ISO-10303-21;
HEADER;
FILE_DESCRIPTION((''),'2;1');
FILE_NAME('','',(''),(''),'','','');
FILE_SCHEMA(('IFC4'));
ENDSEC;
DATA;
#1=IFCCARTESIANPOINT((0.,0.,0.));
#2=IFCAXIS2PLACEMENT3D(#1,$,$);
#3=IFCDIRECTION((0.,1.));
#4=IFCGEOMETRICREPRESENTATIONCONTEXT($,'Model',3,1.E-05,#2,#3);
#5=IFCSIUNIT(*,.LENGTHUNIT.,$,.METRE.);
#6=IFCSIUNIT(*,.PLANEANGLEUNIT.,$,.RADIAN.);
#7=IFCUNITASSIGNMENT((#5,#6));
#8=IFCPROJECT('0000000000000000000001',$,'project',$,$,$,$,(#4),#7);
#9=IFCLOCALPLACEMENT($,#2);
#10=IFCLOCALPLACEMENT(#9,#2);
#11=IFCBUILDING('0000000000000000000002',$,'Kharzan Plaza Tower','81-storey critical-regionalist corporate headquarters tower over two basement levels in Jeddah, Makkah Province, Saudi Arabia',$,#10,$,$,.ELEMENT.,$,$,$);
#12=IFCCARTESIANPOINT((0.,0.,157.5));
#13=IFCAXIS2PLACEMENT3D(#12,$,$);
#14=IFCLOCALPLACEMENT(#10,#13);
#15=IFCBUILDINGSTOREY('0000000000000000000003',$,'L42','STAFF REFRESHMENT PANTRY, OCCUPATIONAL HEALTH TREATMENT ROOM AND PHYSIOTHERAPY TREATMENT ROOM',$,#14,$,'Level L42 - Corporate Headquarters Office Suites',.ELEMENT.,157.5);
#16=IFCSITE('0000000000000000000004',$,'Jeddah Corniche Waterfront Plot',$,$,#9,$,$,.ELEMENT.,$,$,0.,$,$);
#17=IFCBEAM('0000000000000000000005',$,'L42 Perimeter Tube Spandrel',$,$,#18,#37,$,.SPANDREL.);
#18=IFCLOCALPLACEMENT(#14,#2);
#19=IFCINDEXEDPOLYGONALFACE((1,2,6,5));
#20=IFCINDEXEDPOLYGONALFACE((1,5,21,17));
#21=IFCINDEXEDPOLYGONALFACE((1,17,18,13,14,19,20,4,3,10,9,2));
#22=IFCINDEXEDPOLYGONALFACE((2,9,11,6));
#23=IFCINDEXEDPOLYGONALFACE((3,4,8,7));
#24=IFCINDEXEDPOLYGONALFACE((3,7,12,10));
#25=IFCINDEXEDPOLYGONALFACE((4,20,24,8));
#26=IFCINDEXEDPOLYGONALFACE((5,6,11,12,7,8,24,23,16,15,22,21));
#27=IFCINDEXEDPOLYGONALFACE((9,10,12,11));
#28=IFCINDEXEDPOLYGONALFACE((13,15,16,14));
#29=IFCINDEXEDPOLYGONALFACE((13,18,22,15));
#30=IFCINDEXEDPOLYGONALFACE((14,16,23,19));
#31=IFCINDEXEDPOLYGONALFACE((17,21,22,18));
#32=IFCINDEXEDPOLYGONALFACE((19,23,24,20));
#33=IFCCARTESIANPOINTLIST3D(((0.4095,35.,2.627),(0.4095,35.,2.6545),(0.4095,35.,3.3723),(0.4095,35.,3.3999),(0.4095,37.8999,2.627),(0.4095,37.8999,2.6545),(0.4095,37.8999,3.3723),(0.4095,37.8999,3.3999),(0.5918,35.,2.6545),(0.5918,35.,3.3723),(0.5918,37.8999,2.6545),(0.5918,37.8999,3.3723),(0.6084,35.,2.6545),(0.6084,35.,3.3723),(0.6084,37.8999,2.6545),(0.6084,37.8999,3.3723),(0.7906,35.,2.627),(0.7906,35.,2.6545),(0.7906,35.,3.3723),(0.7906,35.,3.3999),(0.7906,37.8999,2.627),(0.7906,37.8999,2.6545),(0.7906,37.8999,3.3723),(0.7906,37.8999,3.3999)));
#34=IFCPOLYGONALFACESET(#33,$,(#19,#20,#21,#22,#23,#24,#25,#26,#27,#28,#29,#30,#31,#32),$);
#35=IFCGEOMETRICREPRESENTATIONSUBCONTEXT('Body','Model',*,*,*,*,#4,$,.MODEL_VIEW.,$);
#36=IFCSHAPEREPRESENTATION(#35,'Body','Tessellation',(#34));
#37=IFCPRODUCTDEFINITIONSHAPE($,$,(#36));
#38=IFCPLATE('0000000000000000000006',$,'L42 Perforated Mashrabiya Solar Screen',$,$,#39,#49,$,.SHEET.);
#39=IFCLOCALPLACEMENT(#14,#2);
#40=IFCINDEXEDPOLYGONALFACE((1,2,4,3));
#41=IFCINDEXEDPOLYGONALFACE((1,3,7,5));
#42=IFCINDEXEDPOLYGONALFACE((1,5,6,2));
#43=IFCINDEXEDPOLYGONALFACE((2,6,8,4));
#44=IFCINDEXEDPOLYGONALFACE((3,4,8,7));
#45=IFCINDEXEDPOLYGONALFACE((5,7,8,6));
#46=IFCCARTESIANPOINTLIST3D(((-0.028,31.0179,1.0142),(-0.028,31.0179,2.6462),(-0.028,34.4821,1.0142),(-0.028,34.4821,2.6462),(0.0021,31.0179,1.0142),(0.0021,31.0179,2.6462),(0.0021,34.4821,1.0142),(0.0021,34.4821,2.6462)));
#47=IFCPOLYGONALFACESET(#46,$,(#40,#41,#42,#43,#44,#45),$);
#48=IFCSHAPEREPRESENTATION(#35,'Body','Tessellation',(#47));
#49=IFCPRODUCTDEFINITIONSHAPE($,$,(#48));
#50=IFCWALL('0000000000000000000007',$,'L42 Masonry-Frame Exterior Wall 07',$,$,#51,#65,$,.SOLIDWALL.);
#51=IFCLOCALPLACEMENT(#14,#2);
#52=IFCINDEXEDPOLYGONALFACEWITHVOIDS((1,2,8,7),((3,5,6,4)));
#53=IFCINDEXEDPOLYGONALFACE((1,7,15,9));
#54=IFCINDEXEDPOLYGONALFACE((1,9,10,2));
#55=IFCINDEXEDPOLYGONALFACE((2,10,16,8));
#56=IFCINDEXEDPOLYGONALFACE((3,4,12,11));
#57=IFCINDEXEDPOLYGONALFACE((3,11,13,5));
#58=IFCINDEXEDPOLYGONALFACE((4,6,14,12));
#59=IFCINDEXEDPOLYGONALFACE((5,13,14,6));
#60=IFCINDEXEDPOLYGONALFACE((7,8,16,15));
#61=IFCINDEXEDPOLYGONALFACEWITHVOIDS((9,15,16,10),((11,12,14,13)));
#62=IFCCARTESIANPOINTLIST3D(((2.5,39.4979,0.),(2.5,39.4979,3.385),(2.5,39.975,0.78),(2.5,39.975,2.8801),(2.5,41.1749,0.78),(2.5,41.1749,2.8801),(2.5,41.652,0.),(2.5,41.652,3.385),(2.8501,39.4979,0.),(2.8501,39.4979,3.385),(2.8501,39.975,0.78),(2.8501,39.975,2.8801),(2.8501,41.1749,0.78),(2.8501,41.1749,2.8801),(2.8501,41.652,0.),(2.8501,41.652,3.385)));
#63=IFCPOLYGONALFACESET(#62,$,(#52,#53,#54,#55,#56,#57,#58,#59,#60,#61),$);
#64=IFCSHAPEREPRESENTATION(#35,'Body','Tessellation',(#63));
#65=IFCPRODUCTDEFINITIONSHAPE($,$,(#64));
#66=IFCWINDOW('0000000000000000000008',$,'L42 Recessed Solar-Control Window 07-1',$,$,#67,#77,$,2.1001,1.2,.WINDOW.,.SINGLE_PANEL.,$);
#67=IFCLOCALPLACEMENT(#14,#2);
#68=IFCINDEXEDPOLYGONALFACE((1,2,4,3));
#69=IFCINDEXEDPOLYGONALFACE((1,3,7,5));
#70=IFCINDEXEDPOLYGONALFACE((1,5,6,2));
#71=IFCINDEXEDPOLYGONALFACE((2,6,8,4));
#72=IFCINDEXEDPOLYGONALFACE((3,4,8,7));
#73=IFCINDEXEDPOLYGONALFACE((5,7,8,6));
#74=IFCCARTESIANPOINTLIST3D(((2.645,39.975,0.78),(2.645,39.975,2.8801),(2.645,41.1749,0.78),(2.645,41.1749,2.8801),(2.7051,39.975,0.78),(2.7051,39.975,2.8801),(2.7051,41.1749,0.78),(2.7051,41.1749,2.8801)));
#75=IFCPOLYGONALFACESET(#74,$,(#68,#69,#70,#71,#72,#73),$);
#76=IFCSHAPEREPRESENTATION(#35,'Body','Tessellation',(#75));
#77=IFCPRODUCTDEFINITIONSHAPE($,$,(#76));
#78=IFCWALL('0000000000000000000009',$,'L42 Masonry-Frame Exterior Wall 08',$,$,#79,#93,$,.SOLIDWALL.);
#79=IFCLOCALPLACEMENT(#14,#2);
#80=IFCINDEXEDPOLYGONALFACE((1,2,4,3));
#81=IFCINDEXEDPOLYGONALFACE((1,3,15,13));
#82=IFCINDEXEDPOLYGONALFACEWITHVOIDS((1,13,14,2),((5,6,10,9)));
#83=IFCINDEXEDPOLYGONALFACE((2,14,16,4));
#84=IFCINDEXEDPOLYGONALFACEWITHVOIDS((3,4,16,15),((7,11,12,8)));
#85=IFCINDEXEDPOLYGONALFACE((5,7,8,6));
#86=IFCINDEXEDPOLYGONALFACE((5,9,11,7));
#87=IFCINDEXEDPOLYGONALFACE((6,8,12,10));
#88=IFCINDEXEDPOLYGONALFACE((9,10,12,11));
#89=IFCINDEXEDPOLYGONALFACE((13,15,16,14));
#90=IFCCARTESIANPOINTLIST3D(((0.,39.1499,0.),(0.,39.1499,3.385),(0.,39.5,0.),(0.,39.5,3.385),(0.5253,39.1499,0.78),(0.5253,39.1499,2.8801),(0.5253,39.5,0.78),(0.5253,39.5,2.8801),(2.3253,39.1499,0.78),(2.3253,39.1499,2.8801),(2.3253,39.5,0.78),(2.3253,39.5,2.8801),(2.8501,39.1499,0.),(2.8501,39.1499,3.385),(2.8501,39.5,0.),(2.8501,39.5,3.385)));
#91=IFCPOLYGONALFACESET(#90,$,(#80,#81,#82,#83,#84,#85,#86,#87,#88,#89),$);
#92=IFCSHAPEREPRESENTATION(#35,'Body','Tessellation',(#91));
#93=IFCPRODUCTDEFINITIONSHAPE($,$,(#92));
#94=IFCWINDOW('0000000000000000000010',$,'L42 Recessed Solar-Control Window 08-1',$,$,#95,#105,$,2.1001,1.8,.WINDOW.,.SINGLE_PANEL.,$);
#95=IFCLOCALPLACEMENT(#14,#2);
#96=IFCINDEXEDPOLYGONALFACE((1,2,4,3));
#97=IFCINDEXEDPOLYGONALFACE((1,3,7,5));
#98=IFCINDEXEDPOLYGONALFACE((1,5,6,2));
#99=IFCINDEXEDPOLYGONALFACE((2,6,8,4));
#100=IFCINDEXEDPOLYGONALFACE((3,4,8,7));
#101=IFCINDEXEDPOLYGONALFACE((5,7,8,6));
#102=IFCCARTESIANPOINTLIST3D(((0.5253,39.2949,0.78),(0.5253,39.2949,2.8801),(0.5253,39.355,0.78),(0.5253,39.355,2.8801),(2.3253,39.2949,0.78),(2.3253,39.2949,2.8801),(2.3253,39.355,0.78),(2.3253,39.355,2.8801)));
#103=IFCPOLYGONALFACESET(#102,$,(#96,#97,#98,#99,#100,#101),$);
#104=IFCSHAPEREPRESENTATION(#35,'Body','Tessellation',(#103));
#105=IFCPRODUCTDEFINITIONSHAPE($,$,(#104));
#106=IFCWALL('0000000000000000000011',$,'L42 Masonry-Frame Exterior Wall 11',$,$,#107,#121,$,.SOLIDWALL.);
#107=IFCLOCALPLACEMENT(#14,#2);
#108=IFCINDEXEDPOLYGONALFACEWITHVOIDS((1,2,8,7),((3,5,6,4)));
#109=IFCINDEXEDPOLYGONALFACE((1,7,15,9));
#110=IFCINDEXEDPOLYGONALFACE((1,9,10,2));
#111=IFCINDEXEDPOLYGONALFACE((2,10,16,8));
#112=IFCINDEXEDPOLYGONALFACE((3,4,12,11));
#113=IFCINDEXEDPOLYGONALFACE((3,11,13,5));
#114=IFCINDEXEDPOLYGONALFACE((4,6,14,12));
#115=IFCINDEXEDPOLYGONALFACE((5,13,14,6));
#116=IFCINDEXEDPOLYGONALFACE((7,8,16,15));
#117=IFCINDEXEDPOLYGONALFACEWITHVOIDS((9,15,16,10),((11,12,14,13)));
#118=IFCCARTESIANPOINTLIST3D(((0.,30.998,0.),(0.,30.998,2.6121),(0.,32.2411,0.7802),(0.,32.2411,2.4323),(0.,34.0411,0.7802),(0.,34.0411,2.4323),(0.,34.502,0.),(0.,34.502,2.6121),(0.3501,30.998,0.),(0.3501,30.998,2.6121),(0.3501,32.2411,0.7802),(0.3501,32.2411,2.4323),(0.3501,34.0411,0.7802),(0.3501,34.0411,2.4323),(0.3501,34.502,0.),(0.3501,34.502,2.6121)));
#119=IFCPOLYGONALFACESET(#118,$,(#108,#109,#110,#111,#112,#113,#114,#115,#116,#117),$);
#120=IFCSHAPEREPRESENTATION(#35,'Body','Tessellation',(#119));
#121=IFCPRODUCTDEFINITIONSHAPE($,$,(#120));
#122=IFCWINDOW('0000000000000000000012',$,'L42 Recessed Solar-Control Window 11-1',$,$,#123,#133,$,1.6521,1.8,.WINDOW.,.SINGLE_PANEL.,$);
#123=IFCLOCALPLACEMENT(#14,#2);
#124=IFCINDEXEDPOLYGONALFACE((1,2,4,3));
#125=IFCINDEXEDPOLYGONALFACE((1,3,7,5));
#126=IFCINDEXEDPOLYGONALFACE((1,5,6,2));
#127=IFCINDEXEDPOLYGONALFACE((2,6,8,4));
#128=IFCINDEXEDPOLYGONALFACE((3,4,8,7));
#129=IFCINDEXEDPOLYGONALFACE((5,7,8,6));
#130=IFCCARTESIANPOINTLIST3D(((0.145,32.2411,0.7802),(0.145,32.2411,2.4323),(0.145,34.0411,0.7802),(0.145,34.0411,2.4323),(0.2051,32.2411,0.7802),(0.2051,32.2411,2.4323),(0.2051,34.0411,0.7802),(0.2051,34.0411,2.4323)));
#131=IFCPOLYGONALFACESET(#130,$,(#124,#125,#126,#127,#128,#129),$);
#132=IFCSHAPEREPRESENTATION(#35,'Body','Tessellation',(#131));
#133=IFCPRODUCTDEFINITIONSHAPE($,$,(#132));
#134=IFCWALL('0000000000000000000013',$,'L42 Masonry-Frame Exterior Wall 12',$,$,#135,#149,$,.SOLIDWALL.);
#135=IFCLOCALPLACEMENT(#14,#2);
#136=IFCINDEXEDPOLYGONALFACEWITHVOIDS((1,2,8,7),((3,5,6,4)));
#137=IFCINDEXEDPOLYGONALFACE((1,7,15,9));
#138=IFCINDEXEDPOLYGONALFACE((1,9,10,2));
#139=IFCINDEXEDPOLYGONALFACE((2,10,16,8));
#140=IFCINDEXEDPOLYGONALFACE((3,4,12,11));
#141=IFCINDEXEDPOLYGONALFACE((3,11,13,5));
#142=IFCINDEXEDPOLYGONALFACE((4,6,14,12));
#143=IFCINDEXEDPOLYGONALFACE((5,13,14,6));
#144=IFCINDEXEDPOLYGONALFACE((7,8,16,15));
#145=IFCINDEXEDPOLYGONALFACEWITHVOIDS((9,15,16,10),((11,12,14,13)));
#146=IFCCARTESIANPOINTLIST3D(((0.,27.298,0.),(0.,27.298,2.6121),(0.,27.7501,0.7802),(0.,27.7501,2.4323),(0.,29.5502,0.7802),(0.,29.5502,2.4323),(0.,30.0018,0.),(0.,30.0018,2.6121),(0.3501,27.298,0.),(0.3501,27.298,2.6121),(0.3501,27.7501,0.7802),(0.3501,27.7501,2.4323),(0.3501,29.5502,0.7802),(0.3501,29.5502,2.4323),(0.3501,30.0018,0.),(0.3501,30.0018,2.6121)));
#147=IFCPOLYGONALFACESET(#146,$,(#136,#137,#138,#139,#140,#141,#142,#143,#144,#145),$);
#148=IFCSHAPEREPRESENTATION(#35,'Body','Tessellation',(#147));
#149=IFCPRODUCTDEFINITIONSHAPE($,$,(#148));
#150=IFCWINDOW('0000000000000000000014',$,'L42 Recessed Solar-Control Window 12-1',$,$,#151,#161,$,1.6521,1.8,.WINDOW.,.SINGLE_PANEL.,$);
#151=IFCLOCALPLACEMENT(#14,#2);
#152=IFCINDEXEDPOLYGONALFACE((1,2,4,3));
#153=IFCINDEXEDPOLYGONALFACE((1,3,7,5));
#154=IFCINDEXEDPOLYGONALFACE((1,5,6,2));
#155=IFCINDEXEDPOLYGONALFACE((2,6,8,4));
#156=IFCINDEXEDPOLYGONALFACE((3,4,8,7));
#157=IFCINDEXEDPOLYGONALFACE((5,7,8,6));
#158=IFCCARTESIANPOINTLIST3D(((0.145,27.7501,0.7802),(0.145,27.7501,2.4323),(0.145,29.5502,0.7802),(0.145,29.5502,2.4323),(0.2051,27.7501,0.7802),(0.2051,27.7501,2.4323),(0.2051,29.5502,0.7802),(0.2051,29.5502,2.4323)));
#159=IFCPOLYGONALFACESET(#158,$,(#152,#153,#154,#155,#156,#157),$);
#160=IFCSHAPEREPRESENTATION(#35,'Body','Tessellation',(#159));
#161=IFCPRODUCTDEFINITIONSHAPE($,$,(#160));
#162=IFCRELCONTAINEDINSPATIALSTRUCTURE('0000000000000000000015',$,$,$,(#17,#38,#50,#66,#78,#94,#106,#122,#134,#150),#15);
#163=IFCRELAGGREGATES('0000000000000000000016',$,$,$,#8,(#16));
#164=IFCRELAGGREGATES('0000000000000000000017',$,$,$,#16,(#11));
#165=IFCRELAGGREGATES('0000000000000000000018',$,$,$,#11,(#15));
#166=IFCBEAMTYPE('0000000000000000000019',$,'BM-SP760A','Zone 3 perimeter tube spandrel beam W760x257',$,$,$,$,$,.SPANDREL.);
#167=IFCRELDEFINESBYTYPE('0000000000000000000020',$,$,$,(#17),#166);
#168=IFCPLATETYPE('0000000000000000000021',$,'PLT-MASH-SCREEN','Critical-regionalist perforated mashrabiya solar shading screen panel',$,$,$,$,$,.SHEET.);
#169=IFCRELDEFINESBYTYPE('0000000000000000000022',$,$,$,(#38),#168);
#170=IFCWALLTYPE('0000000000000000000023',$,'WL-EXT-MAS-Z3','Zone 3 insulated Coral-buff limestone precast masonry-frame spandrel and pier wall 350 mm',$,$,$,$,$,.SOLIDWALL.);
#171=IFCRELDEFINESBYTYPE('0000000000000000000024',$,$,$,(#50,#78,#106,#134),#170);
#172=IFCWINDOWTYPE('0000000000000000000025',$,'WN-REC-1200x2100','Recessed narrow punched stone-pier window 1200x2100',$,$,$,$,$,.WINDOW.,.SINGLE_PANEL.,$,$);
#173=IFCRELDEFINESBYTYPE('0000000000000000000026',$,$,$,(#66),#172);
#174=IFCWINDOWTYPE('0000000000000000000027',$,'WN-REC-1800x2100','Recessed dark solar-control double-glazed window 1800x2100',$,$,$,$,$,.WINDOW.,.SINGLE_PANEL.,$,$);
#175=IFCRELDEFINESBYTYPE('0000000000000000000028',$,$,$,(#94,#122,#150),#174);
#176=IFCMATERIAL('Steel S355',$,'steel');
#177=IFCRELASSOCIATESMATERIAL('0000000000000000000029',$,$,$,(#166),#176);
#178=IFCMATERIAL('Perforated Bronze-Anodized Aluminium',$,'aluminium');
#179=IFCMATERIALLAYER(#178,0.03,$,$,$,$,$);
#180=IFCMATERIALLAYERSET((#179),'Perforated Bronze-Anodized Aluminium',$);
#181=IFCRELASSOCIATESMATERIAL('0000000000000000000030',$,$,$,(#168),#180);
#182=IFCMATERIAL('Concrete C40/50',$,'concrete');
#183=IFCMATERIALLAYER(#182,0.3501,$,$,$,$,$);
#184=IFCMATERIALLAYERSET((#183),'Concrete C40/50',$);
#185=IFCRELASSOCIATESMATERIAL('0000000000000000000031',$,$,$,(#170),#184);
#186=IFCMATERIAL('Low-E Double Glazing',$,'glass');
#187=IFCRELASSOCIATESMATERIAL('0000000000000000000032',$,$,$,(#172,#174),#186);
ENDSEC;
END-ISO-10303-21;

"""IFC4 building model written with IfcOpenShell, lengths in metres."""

from ifc_helpers import new_model, si_unit, direction, frame, frame_2d, origin, origin_2d, place, context, subcontext, project, spatial, rectangle, i_section, extrude, source, transform, mapped, material, layer, layer_set, material_profile, profile_set, type_object, element, fill, save


model = new_model("IFC4")

# Units and contexts
model_context = context("Model", 3, precision=1e-05, world=origin(), true_north=direction((0.0, 1.0)))
body_context = subcontext(model_context, "Body", "Model", "MODEL_VIEW")
ifc_project = project(units=[si_unit("LENGTHUNIT", "METRE"), si_unit("PLANEANGLEUNIT", "RADIAN")], contexts=[model_context])

# Site, building, storey
site_placement = place(None, origin())
site = spatial("IfcSite", under=ifc_project, at=site_placement, Name="Jeddah Corniche Waterfront Plot", CompositionType="ELEMENT", RefElevation=0.0)
building_placement = place(site_placement, origin())
building = spatial("IfcBuilding", under=site, at=building_placement, Name="Kharzan Plaza Tower", Description="81-storey critical-regionalist corporate headquarters tower over two basement levels in Jeddah, Makkah Province, Saudi Arabia", CompositionType="ELEMENT")
storey_placement = place(building_placement, frame((0.0, 0.0, 157.5)))
storey = spatial("IfcBuildingStorey", under=building, at=storey_placement, Name="L42", Description="STAFF REFRESHMENT PANTRY, OCCUPATIONAL HEALTH TREATMENT ROOM AND PHYSIOTHERAPY TREATMENT ROOM", LongName="Level L42 - Corporate Headquarters Office Suites", CompositionType="ELEMENT", Elevation=157.5)

# Beam
ifc_material_1 = material(Name="Steel S355", Category="steel")
ifc_material_profile_1 = material_profile(ifc_material_1, i_section(OverallWidth=0.3811, OverallDepth=0.7729, WebThickness=0.0166, FlangeThickness=0.0276, at=origin_2d()), Name="W760x257")
ifc_profile_set_1 = profile_set([ifc_material_profile_1], Name="Steel S355")
beam_type_1 = type_object("IfcBeamType", Name="BM-SP760A", Description="Zone 3 perimeter tube spandrel beam W760x257", PredefinedType="SPANDREL", material=ifc_profile_set_1)
shared_shape_1 = source(origin(), body_context, "Body", "SweptSolid", [
    extrude(i_section(OverallWidth=0.3811, OverallDepth=0.7729, WebThickness=0.0166, FlangeThickness=0.0276, at=origin_2d()), origin(), (0.0, 0.0, 1.0), 2.8999),
])
beam_1_placement = place(storey_placement, frame((0.6001, 35.0, 3.0134), z_axis=(0.0, 1.0, 0.0), x_axis=(-1.0, 0.0, 0.0)))
element("IfcBeam", 1, at=beam_1_placement, inside=storey, type_object=beam_type_1, Name="L42 Perimeter Tube Spandrel", PredefinedType="SPANDREL", context=body_context, shape_type="MappedRepresentation", body=[
    mapped(shared_shape_1, transform((0.0, 0.0, 0.0), x_axis=(1.0, 0.0, 0.0), y_axis=(0.0, 1.0, 0.0), z_axis=(0.0, 0.0, 1.0))),
])

# Plate
ifc_material_2 = material(Name="Perforated Bronze-Anodized Aluminium", Category="aluminium")
ifc_layer_1 = layer(ifc_material_2, 0.03)
ifc_layer_set_1 = layer_set([ifc_layer_1], Name="Perforated Bronze-Anodized Aluminium")
plate_type = type_object("IfcPlateType", Name="PLT-MASH-SCREEN", Description="Critical-regionalist perforated mashrabiya solar shading screen panel", PredefinedType="SHEET", material=ifc_layer_set_1)
shared_shape_2 = source(origin(), body_context, "Body", "SweptSolid", [
    extrude(rectangle(XDim=3.4641, YDim=0.03, at=origin_2d()), origin(), (0.0, 0.0, 1.0), 1.6321),
])
plate_placement = place(storey_placement, frame((-0.0129, 32.75, 1.0142), z_axis=(0.0, 0.0, 1.0), x_axis=(0.0, -1.0, 0.0)))
element("IfcPlate", 2, at=plate_placement, inside=storey, type_object=plate_type, Name="L42 Perforated Mashrabiya Solar Screen", PredefinedType="SHEET", context=body_context, shape_type="MappedRepresentation", body=[
    mapped(shared_shape_2, transform((0.0, 0.0, 0.0), x_axis=(1.0, 0.0, 0.0), y_axis=(0.0, 1.0, 0.0), z_axis=(0.0, 0.0, 1.0))),
])

# Walls, openings, windows
ifc_material_3 = material(Name="Concrete C40/50", Category="concrete")
ifc_layer_2 = layer(ifc_material_3, 0.3501)
ifc_layer_set_2 = layer_set([ifc_layer_2], Name="Concrete C40/50")
wall_type_1 = type_object("IfcWallType", Name="WL-EXT-MAS-Z3", Description="Zone 3 insulated Coral-buff limestone precast masonry-frame spandrel and pier wall 350 mm", PredefinedType="SOLIDWALL", material=ifc_layer_set_2)
wall_1_placement = place(storey_placement, frame((2.675, 41.6521, 0.0), z_axis=(0.0, 0.0, 1.0), x_axis=(0.0, -1.0, 0.0)))
wall_1 = element("IfcWall", 3, at=wall_1_placement, inside=storey, type_object=wall_type_1, Name="L42 Masonry-Frame Exterior Wall 07", PredefinedType="SOLIDWALL", context=body_context, shape_type="SweptSolid", body=[
    extrude(rectangle(XDim=2.1541, YDim=0.3501, at=frame_2d((1.0771, 0.0))), origin(), (0.0, 0.0, 1.0), 3.385),
])
opening_1_placement = place(wall_1_placement, frame((0.4771, 0.0, 0.78)))
opening_1 = element("IfcOpeningElement", 4, at=opening_1_placement, cuts=wall_1, PredefinedType="OPENING", context=body_context, shape_type="SweptSolid", body=[
    extrude(rectangle(XDim=1.2, YDim=2.1001, at=frame_2d((0.6001, 1.05))), frame((0.0, 0.1851, 0.0), z_axis=(0.0, -1.0, 0.0), x_axis=(1.0, 0.0, 0.0)), (0.0, 0.0, 1.0), 0.3701),
])
ifc_material_4 = material(Name="Low-E Double Glazing", Category="glass")
window_type_1 = type_object("IfcWindowType", Name="WN-REC-1200x2100", Description="Recessed narrow punched stone-pier window 1200x2100", PartitioningType="SINGLE_PANEL", PredefinedType="WINDOW", material=ifc_material_4)
shared_shape_3 = source(origin(), body_context, "Body", "SweptSolid", [
    extrude(rectangle(XDim=1.2, YDim=2.1001, at=frame_2d((0.6001, 1.05))), frame((0.0, 0.03, 0.0), z_axis=(0.0, -1.0, 0.0), x_axis=(1.0, 0.0, 0.0)), (0.0, 0.0, 1.0), 0.0601),
])
window_1_placement = place(opening_1_placement, origin())
window_1 = element("IfcWindow", 5, at=window_1_placement, inside=storey, type_object=window_type_1, Name="L42 Recessed Solar-Control Window 07-1", OverallHeight=2.1001, OverallWidth=1.2, PartitioningType="SINGLE_PANEL", PredefinedType="WINDOW", context=body_context, shape_type="MappedRepresentation", body=[
    mapped(shared_shape_3, transform((0.0, 0.0, 0.0), x_axis=(1.0, 0.0, 0.0), y_axis=(0.0, 1.0, 0.0), z_axis=(0.0, 0.0, 1.0))),
])
fill(opening_1, window_1)
wall_2_placement = place(storey_placement, frame((2.8501, 39.325, 0.0), z_axis=(0.0, 0.0, 1.0), x_axis=(-1.0, 0.0, 0.0)))
wall_2 = element("IfcWall", 6, at=wall_2_placement, inside=storey, type_object=wall_type_1, Name="L42 Masonry-Frame Exterior Wall 08", PredefinedType="SOLIDWALL", context=body_context, shape_type="SweptSolid", body=[
    extrude(rectangle(XDim=2.8501, YDim=0.3501, at=frame_2d((1.425, 0.0))), origin(), (0.0, 0.0, 1.0), 3.385),
])
opening_2_placement = place(wall_2_placement, frame((0.5249, 0.0, 0.78)))
opening_2 = element("IfcOpeningElement", 7, at=opening_2_placement, cuts=wall_2, PredefinedType="OPENING", context=body_context, shape_type="SweptSolid", body=[
    extrude(rectangle(XDim=1.8, YDim=2.1001, at=frame_2d((0.8999, 1.05))), frame((0.0, 0.1851, 0.0), z_axis=(0.0, -1.0, 0.0), x_axis=(1.0, 0.0, 0.0)), (0.0, 0.0, 1.0), 0.3701),
])
window_type_2 = type_object("IfcWindowType", Name="WN-REC-1800x2100", Description="Recessed dark solar-control double-glazed window 1800x2100", PartitioningType="SINGLE_PANEL", PredefinedType="WINDOW", material=ifc_material_4)
shared_shape_4 = source(origin(), body_context, "Body", "SweptSolid", [
    extrude(rectangle(XDim=1.8, YDim=2.1001, at=frame_2d((0.8999, 1.05))), frame((0.0, 0.03, 0.0), z_axis=(0.0, -1.0, 0.0), x_axis=(1.0, 0.0, 0.0)), (0.0, 0.0, 1.0), 0.0601),
])
window_2_placement = place(opening_2_placement, origin())
window_2 = element("IfcWindow", 8, at=window_2_placement, inside=storey, type_object=window_type_2, Name="L42 Recessed Solar-Control Window 08-1", OverallHeight=2.1001, OverallWidth=1.8, PartitioningType="SINGLE_PANEL", PredefinedType="WINDOW", context=body_context, shape_type="MappedRepresentation", body=[
    mapped(shared_shape_4, transform((0.0, 0.0, 0.0), x_axis=(1.0, 0.0, 0.0), y_axis=(0.0, 1.0, 0.0), z_axis=(0.0, 0.0, 1.0))),
])
fill(opening_2, window_2)
wall_3_placement = place(storey_placement, frame((0.175, 34.502, 0.0), z_axis=(0.0, 0.0, 1.0), x_axis=(0.0, -1.0, 0.0)))
wall_3 = element("IfcWall", 9, at=wall_3_placement, inside=storey, type_object=wall_type_1, Name="L42 Masonry-Frame Exterior Wall 11", PredefinedType="SOLIDWALL", context=body_context, shape_type="SweptSolid", body=[
    extrude(rectangle(XDim=3.5039, YDim=0.3501, at=frame_2d((1.752, 0.0))), origin(), (0.0, 0.0, 1.0), 2.6121),
])
opening_3_placement = place(wall_3_placement, frame((0.4609, 0.0, 0.78)))
opening_3 = element("IfcOpeningElement", 10, at=opening_3_placement, cuts=wall_3, PredefinedType="OPENING", context=body_context, shape_type="SweptSolid", body=[
    extrude(rectangle(XDim=1.8, YDim=1.6521, at=frame_2d((0.8999, 0.8262))), frame((0.0, 0.1851, 0.0), z_axis=(0.0, -1.0, 0.0), x_axis=(1.0, 0.0, 0.0)), (0.0, 0.0, 1.0), 0.3701),
])
shared_shape_5 = source(origin(), body_context, "Body", "SweptSolid", [
    extrude(rectangle(XDim=1.8, YDim=1.6521, at=frame_2d((0.8999, 0.8262))), frame((0.0, 0.03, 0.0), z_axis=(0.0, -1.0, 0.0), x_axis=(1.0, 0.0, 0.0)), (0.0, 0.0, 1.0), 0.0601),
])
window_3_placement = place(opening_3_placement, origin())
window_3 = element("IfcWindow", 11, at=window_3_placement, inside=storey, type_object=window_type_2, Name="L42 Recessed Solar-Control Window 11-1", OverallHeight=1.6521, OverallWidth=1.8, PartitioningType="SINGLE_PANEL", PredefinedType="WINDOW", context=body_context, shape_type="MappedRepresentation", body=[
    mapped(shared_shape_5, transform((0.0, 0.0, 0.0), x_axis=(1.0, 0.0, 0.0), y_axis=(0.0, 1.0, 0.0), z_axis=(0.0, 0.0, 1.0))),
])
fill(opening_3, window_3)
wall_4_placement = place(storey_placement, frame((0.175, 30.002, 0.0), z_axis=(0.0, 0.0, 1.0), x_axis=(0.0, -1.0, 0.0)))
wall_4 = element("IfcWall", 12, at=wall_4_placement, inside=storey, type_object=wall_type_1, Name="L42 Masonry-Frame Exterior Wall 12", PredefinedType="SOLIDWALL", context=body_context, shape_type="SweptSolid", body=[
    extrude(rectangle(XDim=2.7039, YDim=0.3501, at=frame_2d((1.3521, 0.0))), origin(), (0.0, 0.0, 1.0), 2.6121),
])
opening_4_placement = place(wall_4_placement, frame((0.4519, 0.0, 0.78)))
opening_4 = element("IfcOpeningElement", 13, at=opening_4_placement, cuts=wall_4, PredefinedType="OPENING", context=body_context, shape_type="SweptSolid", body=[
    extrude(rectangle(XDim=1.8, YDim=1.6521, at=frame_2d((0.8999, 0.8262))), frame((0.0, 0.1851, 0.0), z_axis=(0.0, -1.0, 0.0), x_axis=(1.0, 0.0, 0.0)), (0.0, 0.0, 1.0), 0.3701),
])
window_4_placement = place(opening_4_placement, origin())
window_4 = element("IfcWindow", 14, at=window_4_placement, inside=storey, type_object=window_type_2, Name="L42 Recessed Solar-Control Window 12-1", OverallHeight=1.6521, OverallWidth=1.8, PartitioningType="SINGLE_PANEL", PredefinedType="WINDOW", context=body_context, shape_type="MappedRepresentation", body=[
    mapped(shared_shape_5, transform((0.0, 0.0, 0.0), x_axis=(1.0, 0.0, 0.0), y_axis=(0.0, 1.0, 0.0), z_axis=(0.0, 0.0, 1.0))),
])
fill(opening_4, window_4)

save(model, "model.ifc")
